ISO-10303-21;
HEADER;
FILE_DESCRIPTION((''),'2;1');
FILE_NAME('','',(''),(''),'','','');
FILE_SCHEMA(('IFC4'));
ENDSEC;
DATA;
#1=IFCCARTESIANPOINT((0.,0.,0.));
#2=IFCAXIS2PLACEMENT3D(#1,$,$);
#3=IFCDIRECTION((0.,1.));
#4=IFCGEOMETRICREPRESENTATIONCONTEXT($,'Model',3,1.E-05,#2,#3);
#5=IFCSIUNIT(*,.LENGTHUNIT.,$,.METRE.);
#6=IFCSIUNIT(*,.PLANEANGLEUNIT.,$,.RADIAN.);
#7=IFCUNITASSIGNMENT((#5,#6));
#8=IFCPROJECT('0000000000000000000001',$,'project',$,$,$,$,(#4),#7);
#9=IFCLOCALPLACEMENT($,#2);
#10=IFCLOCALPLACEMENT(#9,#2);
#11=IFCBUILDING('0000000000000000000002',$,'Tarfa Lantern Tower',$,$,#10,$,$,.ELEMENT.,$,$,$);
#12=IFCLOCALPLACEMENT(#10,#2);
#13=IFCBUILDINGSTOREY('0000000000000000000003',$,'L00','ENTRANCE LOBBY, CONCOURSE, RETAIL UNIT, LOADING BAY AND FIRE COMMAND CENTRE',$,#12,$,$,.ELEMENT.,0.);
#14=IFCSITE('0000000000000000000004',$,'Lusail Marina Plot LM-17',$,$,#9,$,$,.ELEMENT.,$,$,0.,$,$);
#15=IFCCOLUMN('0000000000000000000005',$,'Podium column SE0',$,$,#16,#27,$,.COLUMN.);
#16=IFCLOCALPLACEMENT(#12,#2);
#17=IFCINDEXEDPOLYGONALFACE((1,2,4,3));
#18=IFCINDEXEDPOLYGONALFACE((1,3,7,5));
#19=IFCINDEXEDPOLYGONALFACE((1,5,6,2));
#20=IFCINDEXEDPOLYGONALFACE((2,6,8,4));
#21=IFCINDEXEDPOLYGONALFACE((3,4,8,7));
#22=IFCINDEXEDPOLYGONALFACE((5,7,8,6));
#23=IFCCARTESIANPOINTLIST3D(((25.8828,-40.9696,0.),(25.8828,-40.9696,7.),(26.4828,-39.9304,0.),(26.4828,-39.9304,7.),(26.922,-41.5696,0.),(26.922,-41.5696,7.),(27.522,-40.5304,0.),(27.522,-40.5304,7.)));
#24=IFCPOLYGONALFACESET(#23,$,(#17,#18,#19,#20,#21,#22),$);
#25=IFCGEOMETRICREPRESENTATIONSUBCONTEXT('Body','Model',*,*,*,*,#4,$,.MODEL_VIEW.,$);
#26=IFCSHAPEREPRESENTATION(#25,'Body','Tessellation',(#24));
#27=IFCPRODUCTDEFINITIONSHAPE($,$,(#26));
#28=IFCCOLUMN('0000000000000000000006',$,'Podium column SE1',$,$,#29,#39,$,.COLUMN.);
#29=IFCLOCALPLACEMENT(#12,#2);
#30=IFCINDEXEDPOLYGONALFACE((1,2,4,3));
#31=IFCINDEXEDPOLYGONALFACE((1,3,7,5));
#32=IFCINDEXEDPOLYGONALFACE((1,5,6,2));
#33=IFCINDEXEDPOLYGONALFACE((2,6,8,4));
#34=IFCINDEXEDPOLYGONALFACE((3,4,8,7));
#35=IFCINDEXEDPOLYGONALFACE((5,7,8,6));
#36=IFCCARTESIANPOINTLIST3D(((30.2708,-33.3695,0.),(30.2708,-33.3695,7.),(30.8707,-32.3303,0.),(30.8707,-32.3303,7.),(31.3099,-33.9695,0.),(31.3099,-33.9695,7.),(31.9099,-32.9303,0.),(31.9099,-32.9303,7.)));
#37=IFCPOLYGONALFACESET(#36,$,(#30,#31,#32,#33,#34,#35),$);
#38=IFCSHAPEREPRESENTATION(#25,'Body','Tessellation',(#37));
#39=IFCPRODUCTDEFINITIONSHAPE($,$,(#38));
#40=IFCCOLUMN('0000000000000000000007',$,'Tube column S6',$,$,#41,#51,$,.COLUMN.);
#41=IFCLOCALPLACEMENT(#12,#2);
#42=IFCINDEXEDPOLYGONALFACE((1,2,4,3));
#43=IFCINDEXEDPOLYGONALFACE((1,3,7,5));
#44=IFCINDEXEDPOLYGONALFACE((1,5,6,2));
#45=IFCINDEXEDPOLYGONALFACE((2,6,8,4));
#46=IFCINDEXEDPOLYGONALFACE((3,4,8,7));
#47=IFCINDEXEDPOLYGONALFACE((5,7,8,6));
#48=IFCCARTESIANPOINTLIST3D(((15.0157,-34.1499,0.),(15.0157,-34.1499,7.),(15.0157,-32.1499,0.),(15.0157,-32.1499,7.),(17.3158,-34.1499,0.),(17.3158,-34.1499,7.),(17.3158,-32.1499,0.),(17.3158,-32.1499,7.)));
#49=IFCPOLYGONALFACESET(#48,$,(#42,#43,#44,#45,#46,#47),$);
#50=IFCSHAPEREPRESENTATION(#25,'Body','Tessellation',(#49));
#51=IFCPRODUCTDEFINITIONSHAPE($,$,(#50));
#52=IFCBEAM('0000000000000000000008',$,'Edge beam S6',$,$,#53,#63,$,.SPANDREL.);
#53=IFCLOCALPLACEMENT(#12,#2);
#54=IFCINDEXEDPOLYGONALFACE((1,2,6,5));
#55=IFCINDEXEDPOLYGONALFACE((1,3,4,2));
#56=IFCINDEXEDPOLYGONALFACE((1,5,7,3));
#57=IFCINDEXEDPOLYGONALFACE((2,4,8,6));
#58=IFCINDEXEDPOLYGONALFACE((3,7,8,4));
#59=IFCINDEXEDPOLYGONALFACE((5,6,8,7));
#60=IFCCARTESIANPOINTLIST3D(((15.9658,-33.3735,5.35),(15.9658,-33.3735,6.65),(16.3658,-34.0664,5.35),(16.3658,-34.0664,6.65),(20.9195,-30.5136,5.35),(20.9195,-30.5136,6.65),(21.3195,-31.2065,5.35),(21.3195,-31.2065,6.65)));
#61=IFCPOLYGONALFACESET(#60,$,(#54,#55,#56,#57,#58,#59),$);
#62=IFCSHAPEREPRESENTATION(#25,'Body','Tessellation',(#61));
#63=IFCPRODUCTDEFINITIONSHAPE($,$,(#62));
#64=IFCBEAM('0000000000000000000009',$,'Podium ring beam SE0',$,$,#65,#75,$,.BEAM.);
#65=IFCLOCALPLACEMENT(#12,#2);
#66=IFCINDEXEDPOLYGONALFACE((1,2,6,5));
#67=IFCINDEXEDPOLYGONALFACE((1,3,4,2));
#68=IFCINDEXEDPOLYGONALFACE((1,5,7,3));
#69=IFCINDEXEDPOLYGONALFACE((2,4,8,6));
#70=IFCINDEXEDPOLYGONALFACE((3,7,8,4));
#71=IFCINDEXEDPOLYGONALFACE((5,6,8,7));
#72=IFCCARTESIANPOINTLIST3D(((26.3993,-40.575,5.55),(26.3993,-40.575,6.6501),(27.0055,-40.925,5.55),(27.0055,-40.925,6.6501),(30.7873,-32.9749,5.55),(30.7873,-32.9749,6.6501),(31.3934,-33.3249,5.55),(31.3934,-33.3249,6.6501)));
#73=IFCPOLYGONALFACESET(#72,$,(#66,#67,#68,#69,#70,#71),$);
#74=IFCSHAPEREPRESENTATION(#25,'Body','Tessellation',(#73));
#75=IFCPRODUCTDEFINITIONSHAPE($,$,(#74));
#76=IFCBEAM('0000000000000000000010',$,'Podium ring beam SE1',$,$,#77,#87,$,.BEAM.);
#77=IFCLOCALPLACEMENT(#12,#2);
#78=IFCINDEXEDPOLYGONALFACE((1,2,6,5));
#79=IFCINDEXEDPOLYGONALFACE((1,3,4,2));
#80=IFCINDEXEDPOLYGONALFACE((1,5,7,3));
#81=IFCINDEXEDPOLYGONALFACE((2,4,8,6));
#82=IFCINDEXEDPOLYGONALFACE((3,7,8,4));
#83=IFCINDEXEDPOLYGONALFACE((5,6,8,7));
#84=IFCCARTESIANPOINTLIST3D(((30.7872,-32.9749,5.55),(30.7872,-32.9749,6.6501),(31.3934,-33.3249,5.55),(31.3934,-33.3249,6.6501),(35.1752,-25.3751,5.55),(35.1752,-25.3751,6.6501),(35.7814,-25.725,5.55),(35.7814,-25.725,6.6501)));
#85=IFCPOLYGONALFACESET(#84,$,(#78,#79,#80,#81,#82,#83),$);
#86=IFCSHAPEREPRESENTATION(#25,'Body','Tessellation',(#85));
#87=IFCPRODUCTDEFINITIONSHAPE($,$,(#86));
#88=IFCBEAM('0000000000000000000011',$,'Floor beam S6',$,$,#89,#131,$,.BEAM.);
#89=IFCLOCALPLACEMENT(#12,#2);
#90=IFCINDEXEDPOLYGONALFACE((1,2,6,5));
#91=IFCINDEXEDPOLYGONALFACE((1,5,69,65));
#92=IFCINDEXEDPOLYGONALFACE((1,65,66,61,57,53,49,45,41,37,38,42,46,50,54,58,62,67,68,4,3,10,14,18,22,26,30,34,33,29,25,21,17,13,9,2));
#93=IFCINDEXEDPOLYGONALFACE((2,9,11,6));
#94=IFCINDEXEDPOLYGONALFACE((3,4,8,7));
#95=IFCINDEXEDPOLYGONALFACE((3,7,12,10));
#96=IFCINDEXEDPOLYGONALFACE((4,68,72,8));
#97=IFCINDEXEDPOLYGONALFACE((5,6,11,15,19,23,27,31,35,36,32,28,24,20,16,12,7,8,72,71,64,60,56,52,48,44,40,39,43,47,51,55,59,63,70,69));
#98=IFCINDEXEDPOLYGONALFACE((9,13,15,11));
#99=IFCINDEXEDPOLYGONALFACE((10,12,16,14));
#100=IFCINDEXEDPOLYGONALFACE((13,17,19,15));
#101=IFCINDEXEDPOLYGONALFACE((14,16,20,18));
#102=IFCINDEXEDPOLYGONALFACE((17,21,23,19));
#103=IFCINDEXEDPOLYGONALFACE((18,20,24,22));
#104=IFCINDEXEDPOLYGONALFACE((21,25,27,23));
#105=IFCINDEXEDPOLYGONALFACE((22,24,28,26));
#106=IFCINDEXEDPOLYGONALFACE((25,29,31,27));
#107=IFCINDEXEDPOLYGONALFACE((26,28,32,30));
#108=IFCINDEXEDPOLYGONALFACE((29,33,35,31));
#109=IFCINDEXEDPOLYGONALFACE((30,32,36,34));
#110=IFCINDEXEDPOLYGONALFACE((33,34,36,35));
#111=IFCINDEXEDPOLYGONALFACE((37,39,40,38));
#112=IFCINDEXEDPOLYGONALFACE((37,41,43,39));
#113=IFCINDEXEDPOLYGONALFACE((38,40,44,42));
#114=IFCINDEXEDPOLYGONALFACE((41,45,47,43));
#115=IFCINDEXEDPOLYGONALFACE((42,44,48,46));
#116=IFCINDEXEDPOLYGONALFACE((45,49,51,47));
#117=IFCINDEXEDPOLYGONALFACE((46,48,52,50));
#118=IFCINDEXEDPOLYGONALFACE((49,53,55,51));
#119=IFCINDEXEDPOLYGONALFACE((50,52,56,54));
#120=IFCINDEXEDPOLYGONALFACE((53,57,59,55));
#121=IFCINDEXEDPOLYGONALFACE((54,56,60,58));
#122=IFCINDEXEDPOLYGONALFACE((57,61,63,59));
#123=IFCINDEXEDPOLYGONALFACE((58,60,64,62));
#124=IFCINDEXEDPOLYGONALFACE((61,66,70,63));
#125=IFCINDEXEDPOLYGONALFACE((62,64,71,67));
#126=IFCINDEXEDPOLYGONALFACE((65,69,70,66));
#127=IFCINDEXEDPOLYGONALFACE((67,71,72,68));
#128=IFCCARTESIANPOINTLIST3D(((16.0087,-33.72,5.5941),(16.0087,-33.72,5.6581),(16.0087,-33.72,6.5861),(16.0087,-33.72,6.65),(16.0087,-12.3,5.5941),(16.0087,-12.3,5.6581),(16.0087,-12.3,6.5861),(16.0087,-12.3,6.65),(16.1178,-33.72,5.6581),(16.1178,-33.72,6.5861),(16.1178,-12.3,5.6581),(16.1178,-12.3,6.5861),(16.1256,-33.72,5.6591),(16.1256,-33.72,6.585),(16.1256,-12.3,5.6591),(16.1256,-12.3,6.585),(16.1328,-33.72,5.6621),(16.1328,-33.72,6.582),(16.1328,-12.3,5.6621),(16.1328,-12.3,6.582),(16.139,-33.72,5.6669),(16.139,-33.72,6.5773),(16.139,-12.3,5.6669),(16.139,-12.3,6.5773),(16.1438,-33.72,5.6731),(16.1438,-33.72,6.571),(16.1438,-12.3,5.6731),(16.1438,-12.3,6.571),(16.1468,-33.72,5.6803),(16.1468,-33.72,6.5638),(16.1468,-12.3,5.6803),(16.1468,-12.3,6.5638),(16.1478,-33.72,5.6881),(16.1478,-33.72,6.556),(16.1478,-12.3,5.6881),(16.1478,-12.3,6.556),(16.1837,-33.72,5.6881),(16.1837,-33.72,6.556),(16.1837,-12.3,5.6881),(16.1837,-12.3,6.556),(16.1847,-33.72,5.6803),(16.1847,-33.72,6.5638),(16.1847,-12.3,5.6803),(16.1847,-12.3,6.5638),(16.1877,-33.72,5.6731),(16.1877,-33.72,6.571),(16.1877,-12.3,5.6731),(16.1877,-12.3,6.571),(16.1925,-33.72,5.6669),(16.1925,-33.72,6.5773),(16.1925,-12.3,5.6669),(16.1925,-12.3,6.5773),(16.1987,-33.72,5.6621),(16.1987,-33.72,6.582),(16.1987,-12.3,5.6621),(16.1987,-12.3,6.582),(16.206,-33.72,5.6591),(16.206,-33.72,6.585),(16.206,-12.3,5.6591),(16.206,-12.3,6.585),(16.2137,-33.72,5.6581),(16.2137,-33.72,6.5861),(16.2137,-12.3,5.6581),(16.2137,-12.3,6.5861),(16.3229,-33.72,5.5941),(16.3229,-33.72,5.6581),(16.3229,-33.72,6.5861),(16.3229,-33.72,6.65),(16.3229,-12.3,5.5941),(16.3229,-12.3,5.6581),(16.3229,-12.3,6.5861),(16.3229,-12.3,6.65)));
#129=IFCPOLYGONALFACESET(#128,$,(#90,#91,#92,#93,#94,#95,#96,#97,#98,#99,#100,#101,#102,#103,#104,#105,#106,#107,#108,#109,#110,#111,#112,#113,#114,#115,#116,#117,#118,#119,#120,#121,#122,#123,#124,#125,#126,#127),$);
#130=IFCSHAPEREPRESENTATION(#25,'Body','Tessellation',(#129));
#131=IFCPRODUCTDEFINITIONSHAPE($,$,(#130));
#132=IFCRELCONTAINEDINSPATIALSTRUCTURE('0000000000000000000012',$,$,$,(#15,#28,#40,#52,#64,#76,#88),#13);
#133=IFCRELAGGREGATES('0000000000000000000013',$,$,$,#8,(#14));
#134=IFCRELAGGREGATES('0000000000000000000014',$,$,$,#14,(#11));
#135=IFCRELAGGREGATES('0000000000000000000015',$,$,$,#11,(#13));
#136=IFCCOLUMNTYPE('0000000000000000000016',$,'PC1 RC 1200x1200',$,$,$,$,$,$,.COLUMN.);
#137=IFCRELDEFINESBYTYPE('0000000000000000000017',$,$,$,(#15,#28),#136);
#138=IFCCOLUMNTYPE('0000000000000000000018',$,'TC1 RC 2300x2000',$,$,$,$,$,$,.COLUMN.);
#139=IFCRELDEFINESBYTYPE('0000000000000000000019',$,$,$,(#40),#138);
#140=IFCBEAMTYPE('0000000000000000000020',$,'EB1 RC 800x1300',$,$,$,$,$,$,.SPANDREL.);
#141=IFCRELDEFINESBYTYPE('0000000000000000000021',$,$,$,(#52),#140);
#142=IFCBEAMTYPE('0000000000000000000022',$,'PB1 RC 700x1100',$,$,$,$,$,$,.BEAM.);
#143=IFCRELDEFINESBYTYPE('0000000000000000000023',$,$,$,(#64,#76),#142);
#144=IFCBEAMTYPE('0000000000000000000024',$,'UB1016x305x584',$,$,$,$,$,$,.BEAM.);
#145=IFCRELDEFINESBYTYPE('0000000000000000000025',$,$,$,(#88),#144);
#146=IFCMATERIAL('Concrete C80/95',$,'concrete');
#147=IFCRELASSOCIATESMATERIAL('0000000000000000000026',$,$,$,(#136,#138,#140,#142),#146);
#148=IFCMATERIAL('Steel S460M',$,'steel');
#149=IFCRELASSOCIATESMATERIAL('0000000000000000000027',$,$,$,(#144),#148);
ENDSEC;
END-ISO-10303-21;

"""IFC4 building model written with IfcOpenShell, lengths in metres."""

from ifc_helpers import new_model, si_unit, direction, frame, origin, origin_2d, place, context, subcontext, project, spatial, rectangle, i_section, extrude, material, material_profile, profile_set, type_object, element, save


model = new_model("IFC4")

# Units and contexts
model_context = context("Model", 3, precision=1e-05, world=origin(), true_north=direction((0.0, 1.0)))
body_context = subcontext(model_context, "Body", "Model", "MODEL_VIEW")
ifc_project = project(units=[si_unit("LENGTHUNIT", "METRE"), si_unit("PLANEANGLEUNIT", "RADIAN")], contexts=[model_context])

# Site, building, storey
site_placement = place(None, origin())
site = spatial("IfcSite", under=ifc_project, at=site_placement, Name="Lusail Marina Plot LM-17", CompositionType="ELEMENT", RefElevation=0.0)
building_placement = place(site_placement, origin())
building = spatial("IfcBuilding", under=site, at=building_placement, Name="Tarfa Lantern Tower", CompositionType="ELEMENT")
storey_placement = place(building_placement, origin())
storey = spatial("IfcBuildingStorey", under=building, at=storey_placement, Name="L00", Description="ENTRANCE LOBBY, CONCOURSE, RETAIL UNIT, LOADING BAY AND FIRE COMMAND CENTRE", CompositionType="ELEMENT", Elevation=0.0)

# Columns
ifc_material_1 = material(Name="Concrete C80/95", Category="concrete")
ifc_material_profile_1 = material_profile(ifc_material_1, rectangle(XDim=1.2, YDim=1.2, at=origin_2d()), Name="RC 1200x1200")
ifc_profile_set_1 = profile_set([ifc_material_profile_1], Name="Concrete C80/95")
column_type_1 = type_object("IfcColumnType", Name="PC1 RC 1200x1200", PredefinedType="COLUMN", material=ifc_profile_set_1)
for number, where, z_axis, x_axis, name in (
    (1, (26.7024, -40.75, 0.0), (0.0, 0.0, 1.0), (0.5, 0.866025, 0.0), "Podium column SE0"),
    (2, (31.0903, -33.1499, 0.0), (0.0, 0.0, 1.0), (0.5, 0.866025, 0.0), "Podium column SE1"),
):
    element("IfcColumn", number, at=place(storey_placement, frame(where, z_axis=z_axis, x_axis=x_axis)), inside=storey, type_object=column_type_1, Name=name, PredefinedType="COLUMN", context=body_context, shape_type="SweptSolid", body=[
        extrude(rectangle(XDim=1.2, YDim=1.2, at=origin_2d()), origin(), (0.0, 0.0, 1.0), 7.0),
    ])
ifc_material_profile_2 = material_profile(ifc_material_1, rectangle(XDim=2.3, YDim=2.0, at=origin_2d()), Name="RC 2300x2000")
ifc_profile_set_2 = profile_set([ifc_material_profile_2], Name="Concrete C80/95")
column_type_2 = type_object("IfcColumnType", Name="TC1 RC 2300x2000", PredefinedType="COLUMN", material=ifc_profile_set_2)
column_placement = place(storey_placement, frame((16.1658, -33.1499, 0.0), z_axis=(0.0, 0.0, 1.0), x_axis=(1.0, 0.0, 0.0)))
element("IfcColumn", 3, at=column_placement, inside=storey, type_object=column_type_2, Name="Tube column S6", PredefinedType="COLUMN", context=body_context, shape_type="SweptSolid", body=[
    extrude(rectangle(XDim=2.3, YDim=2.0, at=origin_2d()), origin(), (0.0, 0.0, 1.0), 7.0),
])

# Beams
ifc_material_profile_3 = material_profile(ifc_material_1, rectangle(XDim=0.8, YDim=1.3, at=origin_2d()), Name="RC 800x1300")
ifc_profile_set_3 = profile_set([ifc_material_profile_3], Name="Concrete C80/95")
beam_type_1 = type_object("IfcBeamType", Name="EB1 RC 800x1300", PredefinedType="SPANDREL", material=ifc_profile_set_3)
beam_1_placement = place(storey_placement, frame((16.1658, -33.72, 6.0), z_axis=(0.866033, 0.499986, 0.0), x_axis=(-0.499986, 0.866033, 0.0)))
element("IfcBeam", 4, at=beam_1_placement, inside=storey, type_object=beam_type_1, Name="Edge beam S6", PredefinedType="SPANDREL", context=body_context, shape_type="SweptSolid", body=[
    extrude(rectangle(XDim=0.8, YDim=1.3, at=origin_2d()), origin(), (0.0, 0.0, 1.0), 5.72),
])
ifc_material_profile_4 = material_profile(ifc_material_1, rectangle(XDim=0.7, YDim=1.1001, at=origin_2d()), Name="RC 700x1100")
ifc_profile_set_4 = profile_set([ifc_material_profile_4], Name="Concrete C80/95")
beam_type_2 = type_object("IfcBeamType", Name="PB1 RC 700x1100", PredefinedType="BEAM", material=ifc_profile_set_4)
beam_2_placement = place(storey_placement, frame((26.7024, -40.75, 6.1001), z_axis=(0.500002, 0.866024, 0.0), x_axis=(-0.866024, 0.500002, 0.0)))
element("IfcBeam", 5, at=beam_2_placement, inside=storey, type_object=beam_type_2, Name="Podium ring beam SE0", PredefinedType="BEAM", context=body_context, shape_type="SweptSolid", body=[
    extrude(rectangle(XDim=0.7, YDim=1.1001, at=origin_2d()), origin(), (0.0, 0.0, 1.0), 8.7759),
])
beam_3_placement = place(storey_placement, frame((31.0903, -33.1499, 6.1001), z_axis=(0.500014, 0.866017, 0.0), x_axis=(-0.866017, 0.500014, 0.0)))
element("IfcBeam", 6, at=beam_3_placement, inside=storey, type_object=beam_type_2, Name="Podium ring beam SE1", PredefinedType="BEAM", context=body_context, shape_type="SweptSolid", body=[
    extrude(rectangle(XDim=0.7, YDim=1.1001, at=origin_2d()), origin(), (0.0, 0.0, 1.0), 8.7756),
])
ifc_material_2 = material(Name="Steel S460M", Category="steel")
ifc_material_profile_5 = material_profile(ifc_material_2, i_section(OverallWidth=0.3142, OverallDepth=1.0559, WebThickness=0.0359, FlangeThickness=0.064, FilletRadius=0.03, at=origin_2d()), Name="UB1016x305x584")
ifc_profile_set_5 = profile_set([ifc_material_profile_5], Name="Steel S460M")
beam_type_3 = type_object("IfcBeamType", Name="UB1016x305x584", PredefinedType="BEAM", material=ifc_profile_set_5)
beam_4_placement = place(storey_placement, frame((16.1658, -33.72, 6.1221), z_axis=(0.0, 1.0, 0.0), x_axis=(-1.0, 0.0, 0.0)))
element("IfcBeam", 7, at=beam_4_placement, inside=storey, type_object=beam_type_3, Name="Floor beam S6", PredefinedType="BEAM", context=body_context, shape_type="SweptSolid", body=[
    extrude(i_section(OverallWidth=0.3142, OverallDepth=1.0559, WebThickness=0.0359, FlangeThickness=0.064, FilletRadius=0.03, at=origin_2d()), origin(), (0.0, 0.0, 1.0), 21.4199),
])

save(model, "model.ifc")
